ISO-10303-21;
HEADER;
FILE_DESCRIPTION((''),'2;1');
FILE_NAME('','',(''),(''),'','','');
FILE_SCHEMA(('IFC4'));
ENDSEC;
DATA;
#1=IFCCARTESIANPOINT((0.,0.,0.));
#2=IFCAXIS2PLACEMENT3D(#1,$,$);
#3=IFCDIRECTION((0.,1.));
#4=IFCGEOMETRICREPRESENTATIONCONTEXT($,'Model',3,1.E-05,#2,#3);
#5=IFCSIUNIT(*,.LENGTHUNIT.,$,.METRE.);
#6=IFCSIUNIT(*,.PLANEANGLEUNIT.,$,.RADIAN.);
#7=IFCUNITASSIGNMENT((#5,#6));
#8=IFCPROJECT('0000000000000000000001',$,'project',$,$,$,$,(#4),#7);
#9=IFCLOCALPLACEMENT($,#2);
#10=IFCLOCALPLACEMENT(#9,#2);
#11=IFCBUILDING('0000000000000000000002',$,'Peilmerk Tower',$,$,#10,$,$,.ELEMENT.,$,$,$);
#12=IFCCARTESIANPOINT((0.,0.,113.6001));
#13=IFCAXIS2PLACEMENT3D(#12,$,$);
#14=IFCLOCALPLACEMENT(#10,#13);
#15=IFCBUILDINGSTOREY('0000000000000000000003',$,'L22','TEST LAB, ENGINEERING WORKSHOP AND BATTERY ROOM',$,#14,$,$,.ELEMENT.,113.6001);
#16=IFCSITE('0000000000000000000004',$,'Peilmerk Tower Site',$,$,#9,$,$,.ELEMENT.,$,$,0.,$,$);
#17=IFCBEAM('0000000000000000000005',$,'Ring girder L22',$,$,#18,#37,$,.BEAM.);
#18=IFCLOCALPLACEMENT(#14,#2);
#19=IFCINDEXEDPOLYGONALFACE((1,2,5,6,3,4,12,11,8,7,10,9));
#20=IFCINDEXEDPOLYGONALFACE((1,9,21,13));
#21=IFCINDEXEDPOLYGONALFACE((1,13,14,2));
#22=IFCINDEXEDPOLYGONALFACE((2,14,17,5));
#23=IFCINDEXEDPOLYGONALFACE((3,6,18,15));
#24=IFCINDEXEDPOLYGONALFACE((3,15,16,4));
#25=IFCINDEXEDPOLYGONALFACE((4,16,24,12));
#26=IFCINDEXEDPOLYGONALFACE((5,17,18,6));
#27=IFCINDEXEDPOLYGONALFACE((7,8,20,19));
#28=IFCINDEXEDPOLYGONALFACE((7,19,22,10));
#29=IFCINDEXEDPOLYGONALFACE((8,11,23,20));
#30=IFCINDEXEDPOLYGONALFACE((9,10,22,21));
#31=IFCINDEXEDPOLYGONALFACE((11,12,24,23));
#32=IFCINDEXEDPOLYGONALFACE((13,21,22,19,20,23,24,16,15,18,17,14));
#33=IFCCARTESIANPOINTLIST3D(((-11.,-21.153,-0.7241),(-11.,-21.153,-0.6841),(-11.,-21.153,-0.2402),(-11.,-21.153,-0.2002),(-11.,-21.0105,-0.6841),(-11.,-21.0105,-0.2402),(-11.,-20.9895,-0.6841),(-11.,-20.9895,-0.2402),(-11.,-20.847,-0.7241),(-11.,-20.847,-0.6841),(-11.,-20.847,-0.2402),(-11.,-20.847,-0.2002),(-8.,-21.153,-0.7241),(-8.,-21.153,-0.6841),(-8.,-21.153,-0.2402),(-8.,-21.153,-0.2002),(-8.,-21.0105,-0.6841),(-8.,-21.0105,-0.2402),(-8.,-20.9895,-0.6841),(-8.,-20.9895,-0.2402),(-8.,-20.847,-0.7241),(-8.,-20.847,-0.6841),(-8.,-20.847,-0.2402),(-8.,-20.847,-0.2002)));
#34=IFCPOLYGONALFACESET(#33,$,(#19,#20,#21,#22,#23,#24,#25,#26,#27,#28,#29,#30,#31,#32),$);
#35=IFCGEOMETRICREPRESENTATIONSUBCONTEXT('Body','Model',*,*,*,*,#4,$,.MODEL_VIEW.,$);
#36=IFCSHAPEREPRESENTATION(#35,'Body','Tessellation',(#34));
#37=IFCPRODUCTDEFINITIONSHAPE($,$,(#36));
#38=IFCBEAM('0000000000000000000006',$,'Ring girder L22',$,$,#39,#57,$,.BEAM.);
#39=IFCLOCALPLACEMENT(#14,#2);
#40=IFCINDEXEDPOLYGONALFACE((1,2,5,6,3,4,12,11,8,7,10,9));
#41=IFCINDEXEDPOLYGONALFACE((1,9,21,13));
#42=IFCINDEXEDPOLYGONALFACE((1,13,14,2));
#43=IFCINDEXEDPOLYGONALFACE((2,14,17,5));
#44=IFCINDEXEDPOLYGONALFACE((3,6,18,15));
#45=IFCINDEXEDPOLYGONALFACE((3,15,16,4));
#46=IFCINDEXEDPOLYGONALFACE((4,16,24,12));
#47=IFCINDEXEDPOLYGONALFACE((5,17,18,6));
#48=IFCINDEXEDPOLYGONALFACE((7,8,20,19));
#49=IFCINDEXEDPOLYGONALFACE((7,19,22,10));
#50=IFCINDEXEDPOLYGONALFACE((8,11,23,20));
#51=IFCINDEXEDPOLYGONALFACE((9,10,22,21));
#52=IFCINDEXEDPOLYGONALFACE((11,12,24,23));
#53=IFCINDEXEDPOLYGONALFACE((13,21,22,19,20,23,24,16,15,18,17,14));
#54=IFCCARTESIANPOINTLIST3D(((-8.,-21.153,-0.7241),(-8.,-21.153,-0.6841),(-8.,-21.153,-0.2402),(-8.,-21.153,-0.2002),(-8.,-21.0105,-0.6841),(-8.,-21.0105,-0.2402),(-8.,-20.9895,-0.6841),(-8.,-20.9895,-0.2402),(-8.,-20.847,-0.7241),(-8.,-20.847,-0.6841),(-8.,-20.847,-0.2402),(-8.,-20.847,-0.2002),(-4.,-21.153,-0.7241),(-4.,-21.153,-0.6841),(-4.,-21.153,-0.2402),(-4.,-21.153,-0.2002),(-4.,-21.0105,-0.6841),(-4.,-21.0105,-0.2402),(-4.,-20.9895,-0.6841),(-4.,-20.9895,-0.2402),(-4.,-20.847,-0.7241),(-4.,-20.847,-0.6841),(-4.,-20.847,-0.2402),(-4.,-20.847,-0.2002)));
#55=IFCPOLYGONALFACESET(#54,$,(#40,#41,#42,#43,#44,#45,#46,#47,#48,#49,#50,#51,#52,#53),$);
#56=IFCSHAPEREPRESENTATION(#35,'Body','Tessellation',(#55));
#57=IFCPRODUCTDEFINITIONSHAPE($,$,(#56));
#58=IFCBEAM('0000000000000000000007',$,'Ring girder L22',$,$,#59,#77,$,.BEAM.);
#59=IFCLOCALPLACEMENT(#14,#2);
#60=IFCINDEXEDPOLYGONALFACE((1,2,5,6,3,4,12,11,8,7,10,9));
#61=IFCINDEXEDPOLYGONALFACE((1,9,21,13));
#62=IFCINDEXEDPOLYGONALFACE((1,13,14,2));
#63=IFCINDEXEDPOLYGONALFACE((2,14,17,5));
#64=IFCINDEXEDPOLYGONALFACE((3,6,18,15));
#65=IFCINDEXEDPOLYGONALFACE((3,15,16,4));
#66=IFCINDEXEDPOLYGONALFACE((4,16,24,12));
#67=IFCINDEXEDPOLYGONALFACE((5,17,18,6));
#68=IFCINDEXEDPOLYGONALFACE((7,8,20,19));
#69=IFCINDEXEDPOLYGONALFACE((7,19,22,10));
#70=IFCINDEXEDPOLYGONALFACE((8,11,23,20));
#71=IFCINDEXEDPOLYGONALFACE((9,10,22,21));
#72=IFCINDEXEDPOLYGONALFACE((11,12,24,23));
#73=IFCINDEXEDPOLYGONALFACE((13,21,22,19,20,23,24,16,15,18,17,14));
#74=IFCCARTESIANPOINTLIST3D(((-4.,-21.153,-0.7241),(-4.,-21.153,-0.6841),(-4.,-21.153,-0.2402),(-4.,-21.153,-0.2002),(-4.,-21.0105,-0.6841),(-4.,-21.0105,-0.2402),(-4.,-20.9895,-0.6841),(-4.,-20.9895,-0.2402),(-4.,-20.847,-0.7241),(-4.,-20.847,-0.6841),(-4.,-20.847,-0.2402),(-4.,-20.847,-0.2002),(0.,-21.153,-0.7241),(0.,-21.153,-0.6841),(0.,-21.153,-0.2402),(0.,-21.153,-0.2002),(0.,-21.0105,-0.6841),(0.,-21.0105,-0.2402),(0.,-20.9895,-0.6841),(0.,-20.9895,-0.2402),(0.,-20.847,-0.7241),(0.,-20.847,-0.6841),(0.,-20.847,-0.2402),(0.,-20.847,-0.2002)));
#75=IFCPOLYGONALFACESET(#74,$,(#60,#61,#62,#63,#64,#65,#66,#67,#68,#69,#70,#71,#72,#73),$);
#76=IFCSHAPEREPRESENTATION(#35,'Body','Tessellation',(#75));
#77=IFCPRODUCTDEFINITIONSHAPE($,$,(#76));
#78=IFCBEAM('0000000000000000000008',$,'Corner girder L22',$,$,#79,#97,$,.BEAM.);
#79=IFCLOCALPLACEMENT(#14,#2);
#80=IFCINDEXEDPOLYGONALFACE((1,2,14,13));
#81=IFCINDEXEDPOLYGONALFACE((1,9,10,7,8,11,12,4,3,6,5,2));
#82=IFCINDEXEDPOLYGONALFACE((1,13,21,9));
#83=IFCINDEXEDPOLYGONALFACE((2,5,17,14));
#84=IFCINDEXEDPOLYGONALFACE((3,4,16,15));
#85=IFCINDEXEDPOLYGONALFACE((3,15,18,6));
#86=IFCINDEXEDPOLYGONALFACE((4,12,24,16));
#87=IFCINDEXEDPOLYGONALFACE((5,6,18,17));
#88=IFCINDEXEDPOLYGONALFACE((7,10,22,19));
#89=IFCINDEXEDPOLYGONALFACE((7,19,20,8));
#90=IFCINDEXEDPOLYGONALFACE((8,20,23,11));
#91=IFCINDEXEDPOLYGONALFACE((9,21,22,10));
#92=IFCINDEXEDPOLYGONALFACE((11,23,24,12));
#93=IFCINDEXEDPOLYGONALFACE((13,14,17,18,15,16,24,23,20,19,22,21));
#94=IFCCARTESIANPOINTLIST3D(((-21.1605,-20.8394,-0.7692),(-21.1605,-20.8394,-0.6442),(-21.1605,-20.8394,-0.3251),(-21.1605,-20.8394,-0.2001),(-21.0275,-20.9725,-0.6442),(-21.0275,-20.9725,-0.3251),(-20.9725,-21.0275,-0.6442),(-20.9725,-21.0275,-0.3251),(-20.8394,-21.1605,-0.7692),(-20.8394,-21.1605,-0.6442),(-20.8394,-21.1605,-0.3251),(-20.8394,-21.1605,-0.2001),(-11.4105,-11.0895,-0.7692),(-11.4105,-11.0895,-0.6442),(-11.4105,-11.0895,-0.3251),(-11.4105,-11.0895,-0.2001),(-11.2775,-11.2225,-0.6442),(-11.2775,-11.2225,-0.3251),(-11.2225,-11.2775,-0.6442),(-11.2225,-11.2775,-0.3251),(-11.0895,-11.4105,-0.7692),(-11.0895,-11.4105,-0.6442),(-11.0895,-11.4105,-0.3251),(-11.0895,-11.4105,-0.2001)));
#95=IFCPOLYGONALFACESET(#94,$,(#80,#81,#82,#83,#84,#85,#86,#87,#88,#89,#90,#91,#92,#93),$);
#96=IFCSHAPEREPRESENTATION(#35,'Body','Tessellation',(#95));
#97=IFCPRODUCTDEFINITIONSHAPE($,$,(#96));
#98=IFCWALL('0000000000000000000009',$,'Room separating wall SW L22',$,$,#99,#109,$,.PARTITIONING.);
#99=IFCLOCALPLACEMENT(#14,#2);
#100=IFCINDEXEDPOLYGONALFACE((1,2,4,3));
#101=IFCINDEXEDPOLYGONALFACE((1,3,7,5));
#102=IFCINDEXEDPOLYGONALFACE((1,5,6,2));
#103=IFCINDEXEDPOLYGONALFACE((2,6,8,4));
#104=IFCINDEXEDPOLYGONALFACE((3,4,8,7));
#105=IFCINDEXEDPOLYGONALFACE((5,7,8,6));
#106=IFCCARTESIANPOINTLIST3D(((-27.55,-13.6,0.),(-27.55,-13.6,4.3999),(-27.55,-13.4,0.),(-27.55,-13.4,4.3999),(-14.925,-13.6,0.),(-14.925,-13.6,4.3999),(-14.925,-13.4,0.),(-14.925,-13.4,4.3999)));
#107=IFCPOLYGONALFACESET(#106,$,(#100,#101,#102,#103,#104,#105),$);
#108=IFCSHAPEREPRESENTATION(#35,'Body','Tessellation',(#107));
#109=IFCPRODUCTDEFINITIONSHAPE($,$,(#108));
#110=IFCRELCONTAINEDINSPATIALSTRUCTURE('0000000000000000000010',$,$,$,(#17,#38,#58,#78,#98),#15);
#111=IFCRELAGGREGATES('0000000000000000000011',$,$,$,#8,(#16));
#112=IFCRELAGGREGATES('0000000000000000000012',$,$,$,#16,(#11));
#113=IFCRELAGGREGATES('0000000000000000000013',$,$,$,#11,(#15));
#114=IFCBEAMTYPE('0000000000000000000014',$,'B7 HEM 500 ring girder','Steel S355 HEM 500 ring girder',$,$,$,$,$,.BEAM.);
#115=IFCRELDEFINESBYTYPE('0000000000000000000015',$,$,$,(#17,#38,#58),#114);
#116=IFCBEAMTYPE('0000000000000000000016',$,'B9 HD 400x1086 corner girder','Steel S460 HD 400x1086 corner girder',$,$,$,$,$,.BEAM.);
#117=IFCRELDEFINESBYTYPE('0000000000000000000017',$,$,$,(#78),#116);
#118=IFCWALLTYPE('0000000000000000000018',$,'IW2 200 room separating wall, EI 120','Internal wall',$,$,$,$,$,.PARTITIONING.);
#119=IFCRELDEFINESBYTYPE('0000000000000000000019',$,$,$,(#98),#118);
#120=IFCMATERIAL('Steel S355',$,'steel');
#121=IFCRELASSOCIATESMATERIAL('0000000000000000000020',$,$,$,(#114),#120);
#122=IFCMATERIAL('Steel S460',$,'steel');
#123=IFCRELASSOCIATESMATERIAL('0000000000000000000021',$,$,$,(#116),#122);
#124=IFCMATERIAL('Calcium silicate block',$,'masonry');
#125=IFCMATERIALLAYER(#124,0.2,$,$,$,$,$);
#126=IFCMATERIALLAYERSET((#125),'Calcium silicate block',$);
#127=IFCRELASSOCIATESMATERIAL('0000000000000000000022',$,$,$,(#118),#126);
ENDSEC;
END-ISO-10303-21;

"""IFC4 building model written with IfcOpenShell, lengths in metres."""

from ifc_helpers import new_model, si_unit, direction, frame, frame_2d, origin, origin_2d, place, context, subcontext, project, spatial, rectangle, i_section, extrude, material, layer, layer_set, material_profile, profile_set, type_object, element, save


model = new_model("IFC4")

# Units and contexts
model_context = context("Model", 3, precision=1e-05, world=origin(), true_north=direction((0.0, 1.0)))
body_context = subcontext(model_context, "Body", "Model", "MODEL_VIEW")
ifc_project = project(units=[si_unit("LENGTHUNIT", "METRE"), si_unit("PLANEANGLEUNIT", "RADIAN")], contexts=[model_context])

# Site, building, storey
site_placement = place(None, origin())
site = spatial("IfcSite", under=ifc_project, at=site_placement, Name="Peilmerk Tower Site", CompositionType="ELEMENT", RefElevation=0.0)
building_placement = place(site_placement, origin())
building = spatial("IfcBuilding", under=site, at=building_placement, Name="Peilmerk Tower", CompositionType="ELEMENT")
storey_placement = place(building_placement, frame((0.0, 0.0, 113.6001)))
storey = spatial("IfcBuildingStorey", under=building, at=storey_placement, Name="L22", Description="TEST LAB, ENGINEERING WORKSHOP AND BATTERY ROOM", CompositionType="ELEMENT", Elevation=113.6001)

# Shared definitions
ifc_material_1 = material(Name="Steel S460", Category="steel")

# Beams
ifc_material_2 = material(Name="Steel S355", Category="steel")
ifc_material_profile_1 = material_profile(ifc_material_2, i_section(OverallWidth=0.3059, OverallDepth=0.5239, WebThickness=0.021, FlangeThickness=0.04, at=origin_2d()), Name="HEM 500")
ifc_profile_set_1 = profile_set([ifc_material_profile_1], Name="Steel S355")
beam_type_1 = type_object("IfcBeamType", Name="B7 HEM 500 ring girder", Description="Steel S355 HEM 500 ring girder", PredefinedType="BEAM", material=ifc_profile_set_1)
beam_1_placement = place(storey_placement, frame((-11.0, -21.0, -0.4622), z_axis=(1.0, 0.0, 0.0), x_axis=(0.0, 1.0, 0.0)))
element("IfcBeam", 1, at=beam_1_placement, inside=storey, type_object=beam_type_1, Name="Ring girder L22", PredefinedType="BEAM", context=body_context, shape_type="SweptSolid", body=[
    extrude(i_section(OverallWidth=0.3059, OverallDepth=0.5239, WebThickness=0.021, FlangeThickness=0.04, at=origin_2d()), origin(), (0.0, 0.0, 1.0), 3.0),
])
for number, where, z_axis, x_axis, name in (
    (2, (-8.0, -21.0, -0.4622), (1.0, 0.0, 0.0), (0.0, 1.0, 0.0), "Ring girder L22"),
    (3, (-4.0, -21.0, -0.4622), (1.0, 0.0, 0.0), (0.0, 1.0, 0.0), "Ring girder L22"),
):
    element("IfcBeam", number, at=place(storey_placement, frame(where, z_axis=z_axis, x_axis=x_axis)), inside=storey, type_object=beam_type_1, Name=name, PredefinedType="BEAM", context=body_context, shape_type="SweptSolid", body=[
        extrude(i_section(OverallWidth=0.3059, OverallDepth=0.5239, WebThickness=0.021, FlangeThickness=0.04, at=origin_2d()), origin(), (0.0, 0.0, 1.0), 4.0),
    ])
ifc_material_profile_2 = material_profile(ifc_material_1, i_section(OverallWidth=0.4541, OverallDepth=0.5691, WebThickness=0.0779, FlangeThickness=0.125, at=origin_2d()), Name="HD 400x1086")
ifc_profile_set_2 = profile_set([ifc_material_profile_2], Name="Steel S460")
beam_type_2 = type_object("IfcBeamType", Name="B9 HD 400x1086 corner girder", Description="Steel S460 HD 400x1086 corner girder", PredefinedType="BEAM", material=ifc_profile_set_2)
beam_2_placement = place(storey_placement, frame((-11.25, -11.25, -0.4846), z_axis=(-0.707107, -0.707107, 0.0), x_axis=(0.707107, -0.707107, 0.0)))
element("IfcBeam", 4, at=beam_2_placement, inside=storey, type_object=beam_type_2, Name="Corner girder L22", PredefinedType="BEAM", context=body_context, shape_type="SweptSolid", body=[
    extrude(i_section(OverallWidth=0.4541, OverallDepth=0.5691, WebThickness=0.0779, FlangeThickness=0.125, at=origin_2d()), origin(), (0.0, 0.0, 1.0), 13.7886),
])

# Wall
ifc_material_3 = material(Name="Calcium silicate block", Category="masonry")
ifc_layer = layer(ifc_material_3, 0.2)
ifc_layer_set = layer_set([ifc_layer], Name="Calcium silicate block")
wall_type = type_object("IfcWallType", Name="IW2 200 room separating wall, EI 120", Description="Internal wall", PredefinedType="PARTITIONING", material=ifc_layer_set)
wall_placement = place(storey_placement, frame((-14.925, -13.5, 0.0), z_axis=(0.0, 0.0, 1.0), x_axis=(-1.0, 0.0, 0.0)))
element("IfcWall", 5, at=wall_placement, inside=storey, type_object=wall_type, Name="Room separating wall SW L22", PredefinedType="PARTITIONING", context=body_context, shape_type="SweptSolid", body=[
    extrude(rectangle(XDim=12.625, YDim=0.2, at=frame_2d((6.3125, 0.0))), origin(), (0.0, 0.0, 1.0), 4.3999),
])

save(model, "model.ifc")
